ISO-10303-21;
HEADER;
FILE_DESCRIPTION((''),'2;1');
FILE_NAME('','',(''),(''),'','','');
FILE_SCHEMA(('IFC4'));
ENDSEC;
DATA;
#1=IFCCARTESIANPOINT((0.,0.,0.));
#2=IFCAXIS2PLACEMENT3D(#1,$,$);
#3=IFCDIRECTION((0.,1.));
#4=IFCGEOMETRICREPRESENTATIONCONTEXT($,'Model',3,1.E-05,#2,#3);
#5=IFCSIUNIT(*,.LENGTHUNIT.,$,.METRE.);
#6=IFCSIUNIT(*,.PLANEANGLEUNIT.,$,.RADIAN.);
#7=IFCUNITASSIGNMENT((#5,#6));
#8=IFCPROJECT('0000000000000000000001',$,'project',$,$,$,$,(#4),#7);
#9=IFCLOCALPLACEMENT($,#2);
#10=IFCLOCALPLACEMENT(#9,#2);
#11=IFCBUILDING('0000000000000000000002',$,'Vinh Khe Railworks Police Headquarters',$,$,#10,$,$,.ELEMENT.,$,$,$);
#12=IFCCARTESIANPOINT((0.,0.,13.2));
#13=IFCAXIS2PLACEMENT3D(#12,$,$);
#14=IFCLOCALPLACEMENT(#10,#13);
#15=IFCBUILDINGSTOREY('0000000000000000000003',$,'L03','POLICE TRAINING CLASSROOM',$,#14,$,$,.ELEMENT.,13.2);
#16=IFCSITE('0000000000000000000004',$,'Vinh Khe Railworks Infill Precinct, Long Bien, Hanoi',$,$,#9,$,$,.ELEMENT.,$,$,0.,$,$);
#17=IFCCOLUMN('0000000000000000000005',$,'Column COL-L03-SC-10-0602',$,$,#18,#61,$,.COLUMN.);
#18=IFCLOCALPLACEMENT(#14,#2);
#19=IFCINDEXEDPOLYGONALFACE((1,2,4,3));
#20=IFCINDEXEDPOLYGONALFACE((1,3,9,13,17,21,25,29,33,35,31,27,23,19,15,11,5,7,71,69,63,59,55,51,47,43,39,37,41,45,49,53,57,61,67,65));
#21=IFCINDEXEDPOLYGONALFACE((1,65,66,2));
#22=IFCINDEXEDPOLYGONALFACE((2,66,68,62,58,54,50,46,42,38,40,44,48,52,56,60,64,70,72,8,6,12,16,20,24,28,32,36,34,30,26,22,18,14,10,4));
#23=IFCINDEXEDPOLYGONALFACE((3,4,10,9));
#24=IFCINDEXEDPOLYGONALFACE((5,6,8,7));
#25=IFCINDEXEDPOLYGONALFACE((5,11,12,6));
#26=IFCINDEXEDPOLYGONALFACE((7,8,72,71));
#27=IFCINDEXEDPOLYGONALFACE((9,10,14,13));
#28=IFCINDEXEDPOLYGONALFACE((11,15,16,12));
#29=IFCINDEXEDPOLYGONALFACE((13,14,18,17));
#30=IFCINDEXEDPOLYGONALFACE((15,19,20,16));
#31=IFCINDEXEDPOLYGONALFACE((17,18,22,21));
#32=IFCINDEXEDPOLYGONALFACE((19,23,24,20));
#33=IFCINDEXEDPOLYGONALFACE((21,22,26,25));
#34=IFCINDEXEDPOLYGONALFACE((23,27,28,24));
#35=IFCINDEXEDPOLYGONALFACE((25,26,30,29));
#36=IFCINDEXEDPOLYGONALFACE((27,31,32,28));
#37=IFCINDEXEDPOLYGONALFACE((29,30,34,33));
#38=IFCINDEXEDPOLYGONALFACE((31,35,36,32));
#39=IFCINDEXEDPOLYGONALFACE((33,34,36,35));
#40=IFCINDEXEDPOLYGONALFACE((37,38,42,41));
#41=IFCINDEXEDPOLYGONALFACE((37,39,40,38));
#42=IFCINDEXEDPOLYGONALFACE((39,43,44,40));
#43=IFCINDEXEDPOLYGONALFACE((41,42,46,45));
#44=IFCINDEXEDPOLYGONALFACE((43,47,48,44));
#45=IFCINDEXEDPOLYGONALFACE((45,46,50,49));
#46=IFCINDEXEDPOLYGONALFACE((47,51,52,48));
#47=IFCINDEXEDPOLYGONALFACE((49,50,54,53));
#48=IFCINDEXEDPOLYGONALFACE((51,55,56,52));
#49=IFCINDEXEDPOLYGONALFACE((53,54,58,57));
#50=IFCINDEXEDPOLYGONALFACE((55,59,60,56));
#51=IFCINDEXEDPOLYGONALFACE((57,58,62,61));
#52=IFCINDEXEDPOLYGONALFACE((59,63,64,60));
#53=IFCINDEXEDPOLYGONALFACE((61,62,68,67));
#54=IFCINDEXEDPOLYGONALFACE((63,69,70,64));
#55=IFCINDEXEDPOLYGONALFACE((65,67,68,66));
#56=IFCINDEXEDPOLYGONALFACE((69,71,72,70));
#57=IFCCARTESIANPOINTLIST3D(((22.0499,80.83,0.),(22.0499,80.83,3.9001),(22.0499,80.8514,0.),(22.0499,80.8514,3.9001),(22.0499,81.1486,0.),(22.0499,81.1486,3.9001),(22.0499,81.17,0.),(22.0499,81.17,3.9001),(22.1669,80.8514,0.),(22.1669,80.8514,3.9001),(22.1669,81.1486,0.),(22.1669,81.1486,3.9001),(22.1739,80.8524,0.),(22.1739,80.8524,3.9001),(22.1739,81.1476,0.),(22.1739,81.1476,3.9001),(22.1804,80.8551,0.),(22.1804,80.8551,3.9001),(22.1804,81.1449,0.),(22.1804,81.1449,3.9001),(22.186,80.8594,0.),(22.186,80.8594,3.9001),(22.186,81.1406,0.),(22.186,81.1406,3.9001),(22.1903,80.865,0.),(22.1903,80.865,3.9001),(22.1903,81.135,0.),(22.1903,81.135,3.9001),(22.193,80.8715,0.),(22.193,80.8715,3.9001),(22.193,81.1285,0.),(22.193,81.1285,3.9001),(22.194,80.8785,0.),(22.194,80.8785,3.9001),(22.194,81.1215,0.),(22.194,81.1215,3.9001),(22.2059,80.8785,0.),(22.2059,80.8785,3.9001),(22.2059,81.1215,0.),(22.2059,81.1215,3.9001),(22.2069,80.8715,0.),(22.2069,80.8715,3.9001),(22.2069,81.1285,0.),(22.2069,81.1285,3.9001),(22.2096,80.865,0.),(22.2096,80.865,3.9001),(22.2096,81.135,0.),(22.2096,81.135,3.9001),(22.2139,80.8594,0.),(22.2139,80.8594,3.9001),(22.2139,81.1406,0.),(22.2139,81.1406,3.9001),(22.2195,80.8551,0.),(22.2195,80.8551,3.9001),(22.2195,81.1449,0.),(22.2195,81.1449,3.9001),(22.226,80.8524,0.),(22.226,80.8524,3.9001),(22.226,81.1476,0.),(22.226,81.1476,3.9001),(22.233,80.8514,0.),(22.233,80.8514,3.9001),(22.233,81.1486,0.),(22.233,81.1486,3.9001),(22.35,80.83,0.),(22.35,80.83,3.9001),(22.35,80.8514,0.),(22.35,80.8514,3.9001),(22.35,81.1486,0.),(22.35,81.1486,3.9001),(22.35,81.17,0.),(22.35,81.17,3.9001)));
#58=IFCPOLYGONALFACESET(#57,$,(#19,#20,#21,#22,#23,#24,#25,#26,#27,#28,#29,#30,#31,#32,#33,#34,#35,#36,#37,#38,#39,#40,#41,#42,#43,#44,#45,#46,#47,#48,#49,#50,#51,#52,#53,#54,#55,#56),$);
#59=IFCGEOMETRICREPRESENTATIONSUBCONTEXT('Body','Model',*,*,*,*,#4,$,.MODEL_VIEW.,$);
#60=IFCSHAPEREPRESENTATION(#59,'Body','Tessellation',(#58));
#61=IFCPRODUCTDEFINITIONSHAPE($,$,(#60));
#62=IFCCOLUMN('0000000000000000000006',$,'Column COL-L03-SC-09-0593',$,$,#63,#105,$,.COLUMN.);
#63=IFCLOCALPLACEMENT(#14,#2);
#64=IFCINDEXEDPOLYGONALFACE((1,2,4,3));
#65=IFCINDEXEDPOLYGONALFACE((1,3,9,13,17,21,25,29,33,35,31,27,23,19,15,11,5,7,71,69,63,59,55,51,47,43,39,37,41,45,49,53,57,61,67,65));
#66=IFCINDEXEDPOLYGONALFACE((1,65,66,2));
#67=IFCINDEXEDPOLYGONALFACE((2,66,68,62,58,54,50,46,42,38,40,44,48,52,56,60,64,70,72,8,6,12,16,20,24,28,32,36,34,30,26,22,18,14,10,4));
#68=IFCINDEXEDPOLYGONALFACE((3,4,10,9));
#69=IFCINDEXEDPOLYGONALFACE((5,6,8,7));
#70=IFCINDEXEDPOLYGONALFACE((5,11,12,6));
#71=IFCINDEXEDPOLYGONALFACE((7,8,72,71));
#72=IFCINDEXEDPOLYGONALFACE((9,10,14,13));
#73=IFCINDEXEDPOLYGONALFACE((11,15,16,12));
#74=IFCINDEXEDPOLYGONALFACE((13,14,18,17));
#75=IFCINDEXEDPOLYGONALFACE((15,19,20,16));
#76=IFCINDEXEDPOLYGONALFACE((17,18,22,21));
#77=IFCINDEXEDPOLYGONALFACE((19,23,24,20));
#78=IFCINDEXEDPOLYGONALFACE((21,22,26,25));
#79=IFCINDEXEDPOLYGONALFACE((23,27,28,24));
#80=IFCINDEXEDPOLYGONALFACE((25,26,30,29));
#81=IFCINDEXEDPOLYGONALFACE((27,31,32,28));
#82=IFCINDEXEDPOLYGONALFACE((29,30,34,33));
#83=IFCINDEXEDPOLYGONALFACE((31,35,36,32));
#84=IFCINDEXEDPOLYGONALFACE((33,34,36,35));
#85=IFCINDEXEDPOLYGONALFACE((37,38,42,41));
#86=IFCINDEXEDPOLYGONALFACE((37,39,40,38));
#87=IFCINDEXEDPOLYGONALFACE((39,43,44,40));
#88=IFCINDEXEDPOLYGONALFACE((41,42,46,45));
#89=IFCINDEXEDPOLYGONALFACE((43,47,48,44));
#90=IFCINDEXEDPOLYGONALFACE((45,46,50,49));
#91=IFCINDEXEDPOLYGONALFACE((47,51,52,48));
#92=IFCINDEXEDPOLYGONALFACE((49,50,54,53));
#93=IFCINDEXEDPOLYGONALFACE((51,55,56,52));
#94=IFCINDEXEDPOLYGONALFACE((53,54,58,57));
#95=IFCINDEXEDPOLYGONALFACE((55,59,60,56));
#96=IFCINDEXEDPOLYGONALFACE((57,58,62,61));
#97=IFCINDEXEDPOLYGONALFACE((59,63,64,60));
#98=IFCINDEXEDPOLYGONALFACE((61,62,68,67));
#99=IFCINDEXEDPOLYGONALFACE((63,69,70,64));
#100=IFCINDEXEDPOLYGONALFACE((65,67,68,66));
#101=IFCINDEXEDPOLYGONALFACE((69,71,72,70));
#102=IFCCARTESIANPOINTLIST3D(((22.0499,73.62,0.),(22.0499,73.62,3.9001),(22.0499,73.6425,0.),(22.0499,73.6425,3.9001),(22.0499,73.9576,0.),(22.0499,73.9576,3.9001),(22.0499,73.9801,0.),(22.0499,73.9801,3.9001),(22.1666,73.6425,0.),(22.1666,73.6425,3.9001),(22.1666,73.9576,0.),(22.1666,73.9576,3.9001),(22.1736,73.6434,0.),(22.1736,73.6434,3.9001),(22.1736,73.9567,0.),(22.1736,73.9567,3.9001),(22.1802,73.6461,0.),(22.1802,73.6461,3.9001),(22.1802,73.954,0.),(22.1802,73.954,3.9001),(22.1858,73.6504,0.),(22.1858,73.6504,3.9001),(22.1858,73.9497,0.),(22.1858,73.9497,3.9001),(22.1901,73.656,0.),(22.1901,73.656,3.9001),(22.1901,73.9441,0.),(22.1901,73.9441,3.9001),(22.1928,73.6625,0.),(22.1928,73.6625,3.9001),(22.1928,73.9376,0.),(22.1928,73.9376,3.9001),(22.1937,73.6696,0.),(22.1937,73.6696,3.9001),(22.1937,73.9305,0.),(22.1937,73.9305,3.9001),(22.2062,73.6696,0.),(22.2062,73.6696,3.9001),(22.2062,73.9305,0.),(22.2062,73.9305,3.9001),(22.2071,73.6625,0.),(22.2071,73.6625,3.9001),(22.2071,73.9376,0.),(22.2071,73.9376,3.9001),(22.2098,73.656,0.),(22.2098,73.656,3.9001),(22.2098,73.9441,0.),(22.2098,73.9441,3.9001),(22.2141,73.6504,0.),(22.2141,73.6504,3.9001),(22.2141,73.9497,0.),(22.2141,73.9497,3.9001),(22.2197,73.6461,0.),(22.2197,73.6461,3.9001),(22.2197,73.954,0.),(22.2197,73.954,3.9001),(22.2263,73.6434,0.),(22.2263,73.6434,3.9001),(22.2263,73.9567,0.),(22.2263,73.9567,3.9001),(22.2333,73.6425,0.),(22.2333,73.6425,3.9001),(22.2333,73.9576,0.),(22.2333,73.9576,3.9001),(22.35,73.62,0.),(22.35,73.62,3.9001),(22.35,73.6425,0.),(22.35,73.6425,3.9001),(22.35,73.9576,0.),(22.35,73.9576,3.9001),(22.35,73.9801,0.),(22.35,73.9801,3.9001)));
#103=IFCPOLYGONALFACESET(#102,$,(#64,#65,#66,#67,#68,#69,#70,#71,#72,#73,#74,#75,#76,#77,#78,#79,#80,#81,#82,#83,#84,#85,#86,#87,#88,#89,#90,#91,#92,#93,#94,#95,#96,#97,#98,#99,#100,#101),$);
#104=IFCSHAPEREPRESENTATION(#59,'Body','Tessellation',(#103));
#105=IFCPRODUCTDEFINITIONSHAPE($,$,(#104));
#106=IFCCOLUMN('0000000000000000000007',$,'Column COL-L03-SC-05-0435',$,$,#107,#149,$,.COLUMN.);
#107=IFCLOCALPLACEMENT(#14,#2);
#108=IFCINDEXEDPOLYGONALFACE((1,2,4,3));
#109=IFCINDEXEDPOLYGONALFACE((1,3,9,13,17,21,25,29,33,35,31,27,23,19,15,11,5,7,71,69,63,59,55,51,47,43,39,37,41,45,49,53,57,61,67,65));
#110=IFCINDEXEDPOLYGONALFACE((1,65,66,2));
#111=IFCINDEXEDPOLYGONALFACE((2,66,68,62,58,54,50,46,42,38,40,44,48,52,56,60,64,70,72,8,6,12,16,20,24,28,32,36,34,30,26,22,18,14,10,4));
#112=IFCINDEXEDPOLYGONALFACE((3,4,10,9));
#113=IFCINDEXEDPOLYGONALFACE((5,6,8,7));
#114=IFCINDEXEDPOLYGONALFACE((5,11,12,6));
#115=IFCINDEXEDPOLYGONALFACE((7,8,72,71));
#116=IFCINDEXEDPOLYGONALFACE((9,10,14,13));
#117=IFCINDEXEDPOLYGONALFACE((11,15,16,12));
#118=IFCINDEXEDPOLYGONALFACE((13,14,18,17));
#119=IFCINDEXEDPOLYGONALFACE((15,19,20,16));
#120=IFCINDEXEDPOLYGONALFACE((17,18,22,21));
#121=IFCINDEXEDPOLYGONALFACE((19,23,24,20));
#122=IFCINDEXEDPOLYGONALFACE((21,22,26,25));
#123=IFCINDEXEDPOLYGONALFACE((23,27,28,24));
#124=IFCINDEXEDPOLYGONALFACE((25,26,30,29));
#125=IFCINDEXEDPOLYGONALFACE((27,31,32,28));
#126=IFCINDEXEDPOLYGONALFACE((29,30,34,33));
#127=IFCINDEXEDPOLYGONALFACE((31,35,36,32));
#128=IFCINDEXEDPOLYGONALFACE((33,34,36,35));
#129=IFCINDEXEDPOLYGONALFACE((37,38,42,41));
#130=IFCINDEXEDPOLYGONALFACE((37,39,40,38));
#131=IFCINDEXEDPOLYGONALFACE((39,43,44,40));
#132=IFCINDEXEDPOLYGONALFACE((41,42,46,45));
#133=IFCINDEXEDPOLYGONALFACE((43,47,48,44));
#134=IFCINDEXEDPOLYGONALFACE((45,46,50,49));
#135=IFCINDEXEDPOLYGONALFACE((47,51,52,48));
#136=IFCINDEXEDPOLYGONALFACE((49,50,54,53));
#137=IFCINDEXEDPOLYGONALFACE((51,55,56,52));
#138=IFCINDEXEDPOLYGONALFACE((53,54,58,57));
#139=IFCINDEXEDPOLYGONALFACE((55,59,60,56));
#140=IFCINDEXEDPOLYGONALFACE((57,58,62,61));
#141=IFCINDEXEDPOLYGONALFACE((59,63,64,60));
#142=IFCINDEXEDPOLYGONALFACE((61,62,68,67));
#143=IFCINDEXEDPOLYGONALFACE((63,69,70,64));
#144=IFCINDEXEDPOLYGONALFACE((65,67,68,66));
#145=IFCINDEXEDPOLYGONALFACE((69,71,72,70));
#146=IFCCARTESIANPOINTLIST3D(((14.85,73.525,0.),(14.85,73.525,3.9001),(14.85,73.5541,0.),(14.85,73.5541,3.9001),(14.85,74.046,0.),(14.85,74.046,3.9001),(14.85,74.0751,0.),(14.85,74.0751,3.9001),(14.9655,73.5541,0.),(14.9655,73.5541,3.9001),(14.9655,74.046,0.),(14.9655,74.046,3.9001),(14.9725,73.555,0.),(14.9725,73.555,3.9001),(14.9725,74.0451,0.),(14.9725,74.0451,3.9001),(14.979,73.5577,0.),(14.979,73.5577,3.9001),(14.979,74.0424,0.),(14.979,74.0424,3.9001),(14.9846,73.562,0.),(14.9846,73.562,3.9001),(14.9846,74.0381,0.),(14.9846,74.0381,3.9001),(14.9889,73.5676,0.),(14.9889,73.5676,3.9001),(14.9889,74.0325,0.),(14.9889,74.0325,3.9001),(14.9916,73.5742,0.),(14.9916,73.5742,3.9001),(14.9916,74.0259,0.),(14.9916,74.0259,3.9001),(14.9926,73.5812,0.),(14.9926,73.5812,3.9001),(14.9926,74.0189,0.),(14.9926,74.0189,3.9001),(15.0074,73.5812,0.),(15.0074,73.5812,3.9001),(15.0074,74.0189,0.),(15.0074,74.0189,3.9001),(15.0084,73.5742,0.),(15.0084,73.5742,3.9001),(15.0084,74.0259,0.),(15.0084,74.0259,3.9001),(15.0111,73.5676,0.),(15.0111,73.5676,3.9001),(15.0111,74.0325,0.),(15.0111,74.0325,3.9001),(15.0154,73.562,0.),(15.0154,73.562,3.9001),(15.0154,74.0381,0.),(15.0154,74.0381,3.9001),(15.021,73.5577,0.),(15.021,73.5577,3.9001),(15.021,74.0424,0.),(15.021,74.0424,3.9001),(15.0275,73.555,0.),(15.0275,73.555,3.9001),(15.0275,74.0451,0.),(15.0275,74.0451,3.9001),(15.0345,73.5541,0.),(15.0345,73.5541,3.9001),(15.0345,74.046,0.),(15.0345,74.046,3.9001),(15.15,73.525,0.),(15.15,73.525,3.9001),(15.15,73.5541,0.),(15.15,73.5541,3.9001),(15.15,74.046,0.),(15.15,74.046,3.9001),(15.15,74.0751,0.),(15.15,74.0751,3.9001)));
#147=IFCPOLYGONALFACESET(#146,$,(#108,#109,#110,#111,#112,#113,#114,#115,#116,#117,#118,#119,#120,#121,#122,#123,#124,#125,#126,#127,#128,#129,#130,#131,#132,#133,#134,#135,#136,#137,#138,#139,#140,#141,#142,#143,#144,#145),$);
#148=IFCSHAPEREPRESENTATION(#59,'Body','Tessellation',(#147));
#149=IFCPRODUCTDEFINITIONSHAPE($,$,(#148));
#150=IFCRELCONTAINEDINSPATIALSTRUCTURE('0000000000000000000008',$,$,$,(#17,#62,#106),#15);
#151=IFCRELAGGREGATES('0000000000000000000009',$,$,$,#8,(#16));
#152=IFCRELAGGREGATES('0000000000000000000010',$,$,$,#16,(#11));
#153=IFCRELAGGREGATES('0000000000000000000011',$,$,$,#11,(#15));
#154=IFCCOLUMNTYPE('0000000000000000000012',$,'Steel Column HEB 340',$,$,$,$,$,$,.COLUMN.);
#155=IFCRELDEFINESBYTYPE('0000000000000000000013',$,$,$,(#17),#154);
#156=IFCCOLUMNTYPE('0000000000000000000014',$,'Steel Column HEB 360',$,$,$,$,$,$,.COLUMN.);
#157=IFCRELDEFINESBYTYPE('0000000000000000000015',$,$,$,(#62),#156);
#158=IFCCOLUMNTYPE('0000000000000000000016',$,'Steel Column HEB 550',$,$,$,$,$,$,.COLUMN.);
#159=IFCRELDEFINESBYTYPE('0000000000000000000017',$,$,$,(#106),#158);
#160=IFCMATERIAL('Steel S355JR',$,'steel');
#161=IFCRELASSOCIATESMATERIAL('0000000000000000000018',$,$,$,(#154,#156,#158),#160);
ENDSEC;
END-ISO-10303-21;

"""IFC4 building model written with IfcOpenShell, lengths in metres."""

from ifc_helpers import new_model, si_unit, direction, frame, origin, origin_2d, place, context, subcontext, project, spatial, i_section, extrude, material, material_profile, profile_set, type_object, element, save


model = new_model("IFC4")

# Units and contexts
model_context = context("Model", 3, precision=1e-05, world=origin(), true_north=direction((0.0, 1.0)))
body_context = subcontext(model_context, "Body", "Model", "MODEL_VIEW")
ifc_project = project(units=[si_unit("LENGTHUNIT", "METRE"), si_unit("PLANEANGLEUNIT", "RADIAN")], contexts=[model_context])

# Site, building, storey
site_placement = place(None, origin())
site = spatial("IfcSite", under=ifc_project, at=site_placement, Name="Vinh Khe Railworks Infill Precinct, Long Bien, Hanoi", CompositionType="ELEMENT", RefElevation=0.0)
building_placement = place(site_placement, origin())
building = spatial("IfcBuilding", under=site, at=building_placement, Name="Vinh Khe Railworks Police Headquarters", CompositionType="ELEMENT")
storey_placement = place(building_placement, frame((0.0, 0.0, 13.2)))
storey = spatial("IfcBuildingStorey", under=building, at=storey_placement, Name="L03", Description="POLICE TRAINING CLASSROOM", CompositionType="ELEMENT", Elevation=13.2)

# Columns
ifc_material_1 = material(Name="Steel S355JR", Category="steel")
ifc_material_profile_1 = material_profile(ifc_material_1, i_section(OverallWidth=0.3, OverallDepth=0.3401, WebThickness=0.012, FlangeThickness=0.0215, FilletRadius=0.0271, at=origin_2d()), Name="HEB 340")
ifc_profile_set_1 = profile_set([ifc_material_profile_1], Name="Steel S355JR")
column_type_1 = type_object("IfcColumnType", Name="Steel Column HEB 340", PredefinedType="COLUMN", material=ifc_profile_set_1)
column_1_placement = place(storey_placement, frame((22.2, 81.0, 0.0), z_axis=(0.0, 0.0, 1.0), x_axis=(1.0, 0.0, 0.0)))
element("IfcColumn", 1, at=column_1_placement, inside=storey, type_object=column_type_1, Name="Column COL-L03-SC-10-0602", PredefinedType="COLUMN", context=body_context, shape_type="SweptSolid", body=[
    extrude(i_section(OverallWidth=0.3, OverallDepth=0.3401, WebThickness=0.012, FlangeThickness=0.0215, FilletRadius=0.0271, at=origin_2d()), origin(), (0.0, 0.0, 1.0), 3.9001),
])
ifc_material_profile_2 = material_profile(ifc_material_1, i_section(OverallWidth=0.3, OverallDepth=0.3601, WebThickness=0.0125, FlangeThickness=0.0225, FilletRadius=0.0271, at=origin_2d()), Name="HEB 360")
ifc_profile_set_2 = profile_set([ifc_material_profile_2], Name="Steel S355JR")
column_type_2 = type_object("IfcColumnType", Name="Steel Column HEB 360", PredefinedType="COLUMN", material=ifc_profile_set_2)
column_2_placement = place(storey_placement, frame((22.2, 73.8, 0.0), z_axis=(0.0, 0.0, 1.0), x_axis=(1.0, 0.0, 0.0)))
element("IfcColumn", 2, at=column_2_placement, inside=storey, type_object=column_type_2, Name="Column COL-L03-SC-09-0593", PredefinedType="COLUMN", context=body_context, shape_type="SweptSolid", body=[
    extrude(i_section(OverallWidth=0.3, OverallDepth=0.3601, WebThickness=0.0125, FlangeThickness=0.0225, FilletRadius=0.0271, at=origin_2d()), origin(), (0.0, 0.0, 1.0), 3.9001),
])
ifc_material_profile_3 = material_profile(ifc_material_1, i_section(OverallWidth=0.3, OverallDepth=0.55, WebThickness=0.0149, FlangeThickness=0.0291, FilletRadius=0.0271, at=origin_2d()), Name="HEB 550")
ifc_profile_set_3 = profile_set([ifc_material_profile_3], Name="Steel S355JR")
column_type_3 = type_object("IfcColumnType", Name="Steel Column HEB 550", PredefinedType="COLUMN", material=ifc_profile_set_3)
column_3_placement = place(storey_placement, frame((15.0, 73.8, 0.0), z_axis=(0.0, 0.0, 1.0), x_axis=(1.0, 0.0, 0.0)))
element("IfcColumn", 3, at=column_3_placement, inside=storey, type_object=column_type_3, Name="Column COL-L03-SC-05-0435", PredefinedType="COLUMN", context=body_context, shape_type="SweptSolid", body=[
    extrude(i_section(OverallWidth=0.3, OverallDepth=0.55, WebThickness=0.0149, FlangeThickness=0.0291, FilletRadius=0.0271, at=origin_2d()), origin(), (0.0, 0.0, 1.0), 3.9001),
])

save(model, "model.ifc")
